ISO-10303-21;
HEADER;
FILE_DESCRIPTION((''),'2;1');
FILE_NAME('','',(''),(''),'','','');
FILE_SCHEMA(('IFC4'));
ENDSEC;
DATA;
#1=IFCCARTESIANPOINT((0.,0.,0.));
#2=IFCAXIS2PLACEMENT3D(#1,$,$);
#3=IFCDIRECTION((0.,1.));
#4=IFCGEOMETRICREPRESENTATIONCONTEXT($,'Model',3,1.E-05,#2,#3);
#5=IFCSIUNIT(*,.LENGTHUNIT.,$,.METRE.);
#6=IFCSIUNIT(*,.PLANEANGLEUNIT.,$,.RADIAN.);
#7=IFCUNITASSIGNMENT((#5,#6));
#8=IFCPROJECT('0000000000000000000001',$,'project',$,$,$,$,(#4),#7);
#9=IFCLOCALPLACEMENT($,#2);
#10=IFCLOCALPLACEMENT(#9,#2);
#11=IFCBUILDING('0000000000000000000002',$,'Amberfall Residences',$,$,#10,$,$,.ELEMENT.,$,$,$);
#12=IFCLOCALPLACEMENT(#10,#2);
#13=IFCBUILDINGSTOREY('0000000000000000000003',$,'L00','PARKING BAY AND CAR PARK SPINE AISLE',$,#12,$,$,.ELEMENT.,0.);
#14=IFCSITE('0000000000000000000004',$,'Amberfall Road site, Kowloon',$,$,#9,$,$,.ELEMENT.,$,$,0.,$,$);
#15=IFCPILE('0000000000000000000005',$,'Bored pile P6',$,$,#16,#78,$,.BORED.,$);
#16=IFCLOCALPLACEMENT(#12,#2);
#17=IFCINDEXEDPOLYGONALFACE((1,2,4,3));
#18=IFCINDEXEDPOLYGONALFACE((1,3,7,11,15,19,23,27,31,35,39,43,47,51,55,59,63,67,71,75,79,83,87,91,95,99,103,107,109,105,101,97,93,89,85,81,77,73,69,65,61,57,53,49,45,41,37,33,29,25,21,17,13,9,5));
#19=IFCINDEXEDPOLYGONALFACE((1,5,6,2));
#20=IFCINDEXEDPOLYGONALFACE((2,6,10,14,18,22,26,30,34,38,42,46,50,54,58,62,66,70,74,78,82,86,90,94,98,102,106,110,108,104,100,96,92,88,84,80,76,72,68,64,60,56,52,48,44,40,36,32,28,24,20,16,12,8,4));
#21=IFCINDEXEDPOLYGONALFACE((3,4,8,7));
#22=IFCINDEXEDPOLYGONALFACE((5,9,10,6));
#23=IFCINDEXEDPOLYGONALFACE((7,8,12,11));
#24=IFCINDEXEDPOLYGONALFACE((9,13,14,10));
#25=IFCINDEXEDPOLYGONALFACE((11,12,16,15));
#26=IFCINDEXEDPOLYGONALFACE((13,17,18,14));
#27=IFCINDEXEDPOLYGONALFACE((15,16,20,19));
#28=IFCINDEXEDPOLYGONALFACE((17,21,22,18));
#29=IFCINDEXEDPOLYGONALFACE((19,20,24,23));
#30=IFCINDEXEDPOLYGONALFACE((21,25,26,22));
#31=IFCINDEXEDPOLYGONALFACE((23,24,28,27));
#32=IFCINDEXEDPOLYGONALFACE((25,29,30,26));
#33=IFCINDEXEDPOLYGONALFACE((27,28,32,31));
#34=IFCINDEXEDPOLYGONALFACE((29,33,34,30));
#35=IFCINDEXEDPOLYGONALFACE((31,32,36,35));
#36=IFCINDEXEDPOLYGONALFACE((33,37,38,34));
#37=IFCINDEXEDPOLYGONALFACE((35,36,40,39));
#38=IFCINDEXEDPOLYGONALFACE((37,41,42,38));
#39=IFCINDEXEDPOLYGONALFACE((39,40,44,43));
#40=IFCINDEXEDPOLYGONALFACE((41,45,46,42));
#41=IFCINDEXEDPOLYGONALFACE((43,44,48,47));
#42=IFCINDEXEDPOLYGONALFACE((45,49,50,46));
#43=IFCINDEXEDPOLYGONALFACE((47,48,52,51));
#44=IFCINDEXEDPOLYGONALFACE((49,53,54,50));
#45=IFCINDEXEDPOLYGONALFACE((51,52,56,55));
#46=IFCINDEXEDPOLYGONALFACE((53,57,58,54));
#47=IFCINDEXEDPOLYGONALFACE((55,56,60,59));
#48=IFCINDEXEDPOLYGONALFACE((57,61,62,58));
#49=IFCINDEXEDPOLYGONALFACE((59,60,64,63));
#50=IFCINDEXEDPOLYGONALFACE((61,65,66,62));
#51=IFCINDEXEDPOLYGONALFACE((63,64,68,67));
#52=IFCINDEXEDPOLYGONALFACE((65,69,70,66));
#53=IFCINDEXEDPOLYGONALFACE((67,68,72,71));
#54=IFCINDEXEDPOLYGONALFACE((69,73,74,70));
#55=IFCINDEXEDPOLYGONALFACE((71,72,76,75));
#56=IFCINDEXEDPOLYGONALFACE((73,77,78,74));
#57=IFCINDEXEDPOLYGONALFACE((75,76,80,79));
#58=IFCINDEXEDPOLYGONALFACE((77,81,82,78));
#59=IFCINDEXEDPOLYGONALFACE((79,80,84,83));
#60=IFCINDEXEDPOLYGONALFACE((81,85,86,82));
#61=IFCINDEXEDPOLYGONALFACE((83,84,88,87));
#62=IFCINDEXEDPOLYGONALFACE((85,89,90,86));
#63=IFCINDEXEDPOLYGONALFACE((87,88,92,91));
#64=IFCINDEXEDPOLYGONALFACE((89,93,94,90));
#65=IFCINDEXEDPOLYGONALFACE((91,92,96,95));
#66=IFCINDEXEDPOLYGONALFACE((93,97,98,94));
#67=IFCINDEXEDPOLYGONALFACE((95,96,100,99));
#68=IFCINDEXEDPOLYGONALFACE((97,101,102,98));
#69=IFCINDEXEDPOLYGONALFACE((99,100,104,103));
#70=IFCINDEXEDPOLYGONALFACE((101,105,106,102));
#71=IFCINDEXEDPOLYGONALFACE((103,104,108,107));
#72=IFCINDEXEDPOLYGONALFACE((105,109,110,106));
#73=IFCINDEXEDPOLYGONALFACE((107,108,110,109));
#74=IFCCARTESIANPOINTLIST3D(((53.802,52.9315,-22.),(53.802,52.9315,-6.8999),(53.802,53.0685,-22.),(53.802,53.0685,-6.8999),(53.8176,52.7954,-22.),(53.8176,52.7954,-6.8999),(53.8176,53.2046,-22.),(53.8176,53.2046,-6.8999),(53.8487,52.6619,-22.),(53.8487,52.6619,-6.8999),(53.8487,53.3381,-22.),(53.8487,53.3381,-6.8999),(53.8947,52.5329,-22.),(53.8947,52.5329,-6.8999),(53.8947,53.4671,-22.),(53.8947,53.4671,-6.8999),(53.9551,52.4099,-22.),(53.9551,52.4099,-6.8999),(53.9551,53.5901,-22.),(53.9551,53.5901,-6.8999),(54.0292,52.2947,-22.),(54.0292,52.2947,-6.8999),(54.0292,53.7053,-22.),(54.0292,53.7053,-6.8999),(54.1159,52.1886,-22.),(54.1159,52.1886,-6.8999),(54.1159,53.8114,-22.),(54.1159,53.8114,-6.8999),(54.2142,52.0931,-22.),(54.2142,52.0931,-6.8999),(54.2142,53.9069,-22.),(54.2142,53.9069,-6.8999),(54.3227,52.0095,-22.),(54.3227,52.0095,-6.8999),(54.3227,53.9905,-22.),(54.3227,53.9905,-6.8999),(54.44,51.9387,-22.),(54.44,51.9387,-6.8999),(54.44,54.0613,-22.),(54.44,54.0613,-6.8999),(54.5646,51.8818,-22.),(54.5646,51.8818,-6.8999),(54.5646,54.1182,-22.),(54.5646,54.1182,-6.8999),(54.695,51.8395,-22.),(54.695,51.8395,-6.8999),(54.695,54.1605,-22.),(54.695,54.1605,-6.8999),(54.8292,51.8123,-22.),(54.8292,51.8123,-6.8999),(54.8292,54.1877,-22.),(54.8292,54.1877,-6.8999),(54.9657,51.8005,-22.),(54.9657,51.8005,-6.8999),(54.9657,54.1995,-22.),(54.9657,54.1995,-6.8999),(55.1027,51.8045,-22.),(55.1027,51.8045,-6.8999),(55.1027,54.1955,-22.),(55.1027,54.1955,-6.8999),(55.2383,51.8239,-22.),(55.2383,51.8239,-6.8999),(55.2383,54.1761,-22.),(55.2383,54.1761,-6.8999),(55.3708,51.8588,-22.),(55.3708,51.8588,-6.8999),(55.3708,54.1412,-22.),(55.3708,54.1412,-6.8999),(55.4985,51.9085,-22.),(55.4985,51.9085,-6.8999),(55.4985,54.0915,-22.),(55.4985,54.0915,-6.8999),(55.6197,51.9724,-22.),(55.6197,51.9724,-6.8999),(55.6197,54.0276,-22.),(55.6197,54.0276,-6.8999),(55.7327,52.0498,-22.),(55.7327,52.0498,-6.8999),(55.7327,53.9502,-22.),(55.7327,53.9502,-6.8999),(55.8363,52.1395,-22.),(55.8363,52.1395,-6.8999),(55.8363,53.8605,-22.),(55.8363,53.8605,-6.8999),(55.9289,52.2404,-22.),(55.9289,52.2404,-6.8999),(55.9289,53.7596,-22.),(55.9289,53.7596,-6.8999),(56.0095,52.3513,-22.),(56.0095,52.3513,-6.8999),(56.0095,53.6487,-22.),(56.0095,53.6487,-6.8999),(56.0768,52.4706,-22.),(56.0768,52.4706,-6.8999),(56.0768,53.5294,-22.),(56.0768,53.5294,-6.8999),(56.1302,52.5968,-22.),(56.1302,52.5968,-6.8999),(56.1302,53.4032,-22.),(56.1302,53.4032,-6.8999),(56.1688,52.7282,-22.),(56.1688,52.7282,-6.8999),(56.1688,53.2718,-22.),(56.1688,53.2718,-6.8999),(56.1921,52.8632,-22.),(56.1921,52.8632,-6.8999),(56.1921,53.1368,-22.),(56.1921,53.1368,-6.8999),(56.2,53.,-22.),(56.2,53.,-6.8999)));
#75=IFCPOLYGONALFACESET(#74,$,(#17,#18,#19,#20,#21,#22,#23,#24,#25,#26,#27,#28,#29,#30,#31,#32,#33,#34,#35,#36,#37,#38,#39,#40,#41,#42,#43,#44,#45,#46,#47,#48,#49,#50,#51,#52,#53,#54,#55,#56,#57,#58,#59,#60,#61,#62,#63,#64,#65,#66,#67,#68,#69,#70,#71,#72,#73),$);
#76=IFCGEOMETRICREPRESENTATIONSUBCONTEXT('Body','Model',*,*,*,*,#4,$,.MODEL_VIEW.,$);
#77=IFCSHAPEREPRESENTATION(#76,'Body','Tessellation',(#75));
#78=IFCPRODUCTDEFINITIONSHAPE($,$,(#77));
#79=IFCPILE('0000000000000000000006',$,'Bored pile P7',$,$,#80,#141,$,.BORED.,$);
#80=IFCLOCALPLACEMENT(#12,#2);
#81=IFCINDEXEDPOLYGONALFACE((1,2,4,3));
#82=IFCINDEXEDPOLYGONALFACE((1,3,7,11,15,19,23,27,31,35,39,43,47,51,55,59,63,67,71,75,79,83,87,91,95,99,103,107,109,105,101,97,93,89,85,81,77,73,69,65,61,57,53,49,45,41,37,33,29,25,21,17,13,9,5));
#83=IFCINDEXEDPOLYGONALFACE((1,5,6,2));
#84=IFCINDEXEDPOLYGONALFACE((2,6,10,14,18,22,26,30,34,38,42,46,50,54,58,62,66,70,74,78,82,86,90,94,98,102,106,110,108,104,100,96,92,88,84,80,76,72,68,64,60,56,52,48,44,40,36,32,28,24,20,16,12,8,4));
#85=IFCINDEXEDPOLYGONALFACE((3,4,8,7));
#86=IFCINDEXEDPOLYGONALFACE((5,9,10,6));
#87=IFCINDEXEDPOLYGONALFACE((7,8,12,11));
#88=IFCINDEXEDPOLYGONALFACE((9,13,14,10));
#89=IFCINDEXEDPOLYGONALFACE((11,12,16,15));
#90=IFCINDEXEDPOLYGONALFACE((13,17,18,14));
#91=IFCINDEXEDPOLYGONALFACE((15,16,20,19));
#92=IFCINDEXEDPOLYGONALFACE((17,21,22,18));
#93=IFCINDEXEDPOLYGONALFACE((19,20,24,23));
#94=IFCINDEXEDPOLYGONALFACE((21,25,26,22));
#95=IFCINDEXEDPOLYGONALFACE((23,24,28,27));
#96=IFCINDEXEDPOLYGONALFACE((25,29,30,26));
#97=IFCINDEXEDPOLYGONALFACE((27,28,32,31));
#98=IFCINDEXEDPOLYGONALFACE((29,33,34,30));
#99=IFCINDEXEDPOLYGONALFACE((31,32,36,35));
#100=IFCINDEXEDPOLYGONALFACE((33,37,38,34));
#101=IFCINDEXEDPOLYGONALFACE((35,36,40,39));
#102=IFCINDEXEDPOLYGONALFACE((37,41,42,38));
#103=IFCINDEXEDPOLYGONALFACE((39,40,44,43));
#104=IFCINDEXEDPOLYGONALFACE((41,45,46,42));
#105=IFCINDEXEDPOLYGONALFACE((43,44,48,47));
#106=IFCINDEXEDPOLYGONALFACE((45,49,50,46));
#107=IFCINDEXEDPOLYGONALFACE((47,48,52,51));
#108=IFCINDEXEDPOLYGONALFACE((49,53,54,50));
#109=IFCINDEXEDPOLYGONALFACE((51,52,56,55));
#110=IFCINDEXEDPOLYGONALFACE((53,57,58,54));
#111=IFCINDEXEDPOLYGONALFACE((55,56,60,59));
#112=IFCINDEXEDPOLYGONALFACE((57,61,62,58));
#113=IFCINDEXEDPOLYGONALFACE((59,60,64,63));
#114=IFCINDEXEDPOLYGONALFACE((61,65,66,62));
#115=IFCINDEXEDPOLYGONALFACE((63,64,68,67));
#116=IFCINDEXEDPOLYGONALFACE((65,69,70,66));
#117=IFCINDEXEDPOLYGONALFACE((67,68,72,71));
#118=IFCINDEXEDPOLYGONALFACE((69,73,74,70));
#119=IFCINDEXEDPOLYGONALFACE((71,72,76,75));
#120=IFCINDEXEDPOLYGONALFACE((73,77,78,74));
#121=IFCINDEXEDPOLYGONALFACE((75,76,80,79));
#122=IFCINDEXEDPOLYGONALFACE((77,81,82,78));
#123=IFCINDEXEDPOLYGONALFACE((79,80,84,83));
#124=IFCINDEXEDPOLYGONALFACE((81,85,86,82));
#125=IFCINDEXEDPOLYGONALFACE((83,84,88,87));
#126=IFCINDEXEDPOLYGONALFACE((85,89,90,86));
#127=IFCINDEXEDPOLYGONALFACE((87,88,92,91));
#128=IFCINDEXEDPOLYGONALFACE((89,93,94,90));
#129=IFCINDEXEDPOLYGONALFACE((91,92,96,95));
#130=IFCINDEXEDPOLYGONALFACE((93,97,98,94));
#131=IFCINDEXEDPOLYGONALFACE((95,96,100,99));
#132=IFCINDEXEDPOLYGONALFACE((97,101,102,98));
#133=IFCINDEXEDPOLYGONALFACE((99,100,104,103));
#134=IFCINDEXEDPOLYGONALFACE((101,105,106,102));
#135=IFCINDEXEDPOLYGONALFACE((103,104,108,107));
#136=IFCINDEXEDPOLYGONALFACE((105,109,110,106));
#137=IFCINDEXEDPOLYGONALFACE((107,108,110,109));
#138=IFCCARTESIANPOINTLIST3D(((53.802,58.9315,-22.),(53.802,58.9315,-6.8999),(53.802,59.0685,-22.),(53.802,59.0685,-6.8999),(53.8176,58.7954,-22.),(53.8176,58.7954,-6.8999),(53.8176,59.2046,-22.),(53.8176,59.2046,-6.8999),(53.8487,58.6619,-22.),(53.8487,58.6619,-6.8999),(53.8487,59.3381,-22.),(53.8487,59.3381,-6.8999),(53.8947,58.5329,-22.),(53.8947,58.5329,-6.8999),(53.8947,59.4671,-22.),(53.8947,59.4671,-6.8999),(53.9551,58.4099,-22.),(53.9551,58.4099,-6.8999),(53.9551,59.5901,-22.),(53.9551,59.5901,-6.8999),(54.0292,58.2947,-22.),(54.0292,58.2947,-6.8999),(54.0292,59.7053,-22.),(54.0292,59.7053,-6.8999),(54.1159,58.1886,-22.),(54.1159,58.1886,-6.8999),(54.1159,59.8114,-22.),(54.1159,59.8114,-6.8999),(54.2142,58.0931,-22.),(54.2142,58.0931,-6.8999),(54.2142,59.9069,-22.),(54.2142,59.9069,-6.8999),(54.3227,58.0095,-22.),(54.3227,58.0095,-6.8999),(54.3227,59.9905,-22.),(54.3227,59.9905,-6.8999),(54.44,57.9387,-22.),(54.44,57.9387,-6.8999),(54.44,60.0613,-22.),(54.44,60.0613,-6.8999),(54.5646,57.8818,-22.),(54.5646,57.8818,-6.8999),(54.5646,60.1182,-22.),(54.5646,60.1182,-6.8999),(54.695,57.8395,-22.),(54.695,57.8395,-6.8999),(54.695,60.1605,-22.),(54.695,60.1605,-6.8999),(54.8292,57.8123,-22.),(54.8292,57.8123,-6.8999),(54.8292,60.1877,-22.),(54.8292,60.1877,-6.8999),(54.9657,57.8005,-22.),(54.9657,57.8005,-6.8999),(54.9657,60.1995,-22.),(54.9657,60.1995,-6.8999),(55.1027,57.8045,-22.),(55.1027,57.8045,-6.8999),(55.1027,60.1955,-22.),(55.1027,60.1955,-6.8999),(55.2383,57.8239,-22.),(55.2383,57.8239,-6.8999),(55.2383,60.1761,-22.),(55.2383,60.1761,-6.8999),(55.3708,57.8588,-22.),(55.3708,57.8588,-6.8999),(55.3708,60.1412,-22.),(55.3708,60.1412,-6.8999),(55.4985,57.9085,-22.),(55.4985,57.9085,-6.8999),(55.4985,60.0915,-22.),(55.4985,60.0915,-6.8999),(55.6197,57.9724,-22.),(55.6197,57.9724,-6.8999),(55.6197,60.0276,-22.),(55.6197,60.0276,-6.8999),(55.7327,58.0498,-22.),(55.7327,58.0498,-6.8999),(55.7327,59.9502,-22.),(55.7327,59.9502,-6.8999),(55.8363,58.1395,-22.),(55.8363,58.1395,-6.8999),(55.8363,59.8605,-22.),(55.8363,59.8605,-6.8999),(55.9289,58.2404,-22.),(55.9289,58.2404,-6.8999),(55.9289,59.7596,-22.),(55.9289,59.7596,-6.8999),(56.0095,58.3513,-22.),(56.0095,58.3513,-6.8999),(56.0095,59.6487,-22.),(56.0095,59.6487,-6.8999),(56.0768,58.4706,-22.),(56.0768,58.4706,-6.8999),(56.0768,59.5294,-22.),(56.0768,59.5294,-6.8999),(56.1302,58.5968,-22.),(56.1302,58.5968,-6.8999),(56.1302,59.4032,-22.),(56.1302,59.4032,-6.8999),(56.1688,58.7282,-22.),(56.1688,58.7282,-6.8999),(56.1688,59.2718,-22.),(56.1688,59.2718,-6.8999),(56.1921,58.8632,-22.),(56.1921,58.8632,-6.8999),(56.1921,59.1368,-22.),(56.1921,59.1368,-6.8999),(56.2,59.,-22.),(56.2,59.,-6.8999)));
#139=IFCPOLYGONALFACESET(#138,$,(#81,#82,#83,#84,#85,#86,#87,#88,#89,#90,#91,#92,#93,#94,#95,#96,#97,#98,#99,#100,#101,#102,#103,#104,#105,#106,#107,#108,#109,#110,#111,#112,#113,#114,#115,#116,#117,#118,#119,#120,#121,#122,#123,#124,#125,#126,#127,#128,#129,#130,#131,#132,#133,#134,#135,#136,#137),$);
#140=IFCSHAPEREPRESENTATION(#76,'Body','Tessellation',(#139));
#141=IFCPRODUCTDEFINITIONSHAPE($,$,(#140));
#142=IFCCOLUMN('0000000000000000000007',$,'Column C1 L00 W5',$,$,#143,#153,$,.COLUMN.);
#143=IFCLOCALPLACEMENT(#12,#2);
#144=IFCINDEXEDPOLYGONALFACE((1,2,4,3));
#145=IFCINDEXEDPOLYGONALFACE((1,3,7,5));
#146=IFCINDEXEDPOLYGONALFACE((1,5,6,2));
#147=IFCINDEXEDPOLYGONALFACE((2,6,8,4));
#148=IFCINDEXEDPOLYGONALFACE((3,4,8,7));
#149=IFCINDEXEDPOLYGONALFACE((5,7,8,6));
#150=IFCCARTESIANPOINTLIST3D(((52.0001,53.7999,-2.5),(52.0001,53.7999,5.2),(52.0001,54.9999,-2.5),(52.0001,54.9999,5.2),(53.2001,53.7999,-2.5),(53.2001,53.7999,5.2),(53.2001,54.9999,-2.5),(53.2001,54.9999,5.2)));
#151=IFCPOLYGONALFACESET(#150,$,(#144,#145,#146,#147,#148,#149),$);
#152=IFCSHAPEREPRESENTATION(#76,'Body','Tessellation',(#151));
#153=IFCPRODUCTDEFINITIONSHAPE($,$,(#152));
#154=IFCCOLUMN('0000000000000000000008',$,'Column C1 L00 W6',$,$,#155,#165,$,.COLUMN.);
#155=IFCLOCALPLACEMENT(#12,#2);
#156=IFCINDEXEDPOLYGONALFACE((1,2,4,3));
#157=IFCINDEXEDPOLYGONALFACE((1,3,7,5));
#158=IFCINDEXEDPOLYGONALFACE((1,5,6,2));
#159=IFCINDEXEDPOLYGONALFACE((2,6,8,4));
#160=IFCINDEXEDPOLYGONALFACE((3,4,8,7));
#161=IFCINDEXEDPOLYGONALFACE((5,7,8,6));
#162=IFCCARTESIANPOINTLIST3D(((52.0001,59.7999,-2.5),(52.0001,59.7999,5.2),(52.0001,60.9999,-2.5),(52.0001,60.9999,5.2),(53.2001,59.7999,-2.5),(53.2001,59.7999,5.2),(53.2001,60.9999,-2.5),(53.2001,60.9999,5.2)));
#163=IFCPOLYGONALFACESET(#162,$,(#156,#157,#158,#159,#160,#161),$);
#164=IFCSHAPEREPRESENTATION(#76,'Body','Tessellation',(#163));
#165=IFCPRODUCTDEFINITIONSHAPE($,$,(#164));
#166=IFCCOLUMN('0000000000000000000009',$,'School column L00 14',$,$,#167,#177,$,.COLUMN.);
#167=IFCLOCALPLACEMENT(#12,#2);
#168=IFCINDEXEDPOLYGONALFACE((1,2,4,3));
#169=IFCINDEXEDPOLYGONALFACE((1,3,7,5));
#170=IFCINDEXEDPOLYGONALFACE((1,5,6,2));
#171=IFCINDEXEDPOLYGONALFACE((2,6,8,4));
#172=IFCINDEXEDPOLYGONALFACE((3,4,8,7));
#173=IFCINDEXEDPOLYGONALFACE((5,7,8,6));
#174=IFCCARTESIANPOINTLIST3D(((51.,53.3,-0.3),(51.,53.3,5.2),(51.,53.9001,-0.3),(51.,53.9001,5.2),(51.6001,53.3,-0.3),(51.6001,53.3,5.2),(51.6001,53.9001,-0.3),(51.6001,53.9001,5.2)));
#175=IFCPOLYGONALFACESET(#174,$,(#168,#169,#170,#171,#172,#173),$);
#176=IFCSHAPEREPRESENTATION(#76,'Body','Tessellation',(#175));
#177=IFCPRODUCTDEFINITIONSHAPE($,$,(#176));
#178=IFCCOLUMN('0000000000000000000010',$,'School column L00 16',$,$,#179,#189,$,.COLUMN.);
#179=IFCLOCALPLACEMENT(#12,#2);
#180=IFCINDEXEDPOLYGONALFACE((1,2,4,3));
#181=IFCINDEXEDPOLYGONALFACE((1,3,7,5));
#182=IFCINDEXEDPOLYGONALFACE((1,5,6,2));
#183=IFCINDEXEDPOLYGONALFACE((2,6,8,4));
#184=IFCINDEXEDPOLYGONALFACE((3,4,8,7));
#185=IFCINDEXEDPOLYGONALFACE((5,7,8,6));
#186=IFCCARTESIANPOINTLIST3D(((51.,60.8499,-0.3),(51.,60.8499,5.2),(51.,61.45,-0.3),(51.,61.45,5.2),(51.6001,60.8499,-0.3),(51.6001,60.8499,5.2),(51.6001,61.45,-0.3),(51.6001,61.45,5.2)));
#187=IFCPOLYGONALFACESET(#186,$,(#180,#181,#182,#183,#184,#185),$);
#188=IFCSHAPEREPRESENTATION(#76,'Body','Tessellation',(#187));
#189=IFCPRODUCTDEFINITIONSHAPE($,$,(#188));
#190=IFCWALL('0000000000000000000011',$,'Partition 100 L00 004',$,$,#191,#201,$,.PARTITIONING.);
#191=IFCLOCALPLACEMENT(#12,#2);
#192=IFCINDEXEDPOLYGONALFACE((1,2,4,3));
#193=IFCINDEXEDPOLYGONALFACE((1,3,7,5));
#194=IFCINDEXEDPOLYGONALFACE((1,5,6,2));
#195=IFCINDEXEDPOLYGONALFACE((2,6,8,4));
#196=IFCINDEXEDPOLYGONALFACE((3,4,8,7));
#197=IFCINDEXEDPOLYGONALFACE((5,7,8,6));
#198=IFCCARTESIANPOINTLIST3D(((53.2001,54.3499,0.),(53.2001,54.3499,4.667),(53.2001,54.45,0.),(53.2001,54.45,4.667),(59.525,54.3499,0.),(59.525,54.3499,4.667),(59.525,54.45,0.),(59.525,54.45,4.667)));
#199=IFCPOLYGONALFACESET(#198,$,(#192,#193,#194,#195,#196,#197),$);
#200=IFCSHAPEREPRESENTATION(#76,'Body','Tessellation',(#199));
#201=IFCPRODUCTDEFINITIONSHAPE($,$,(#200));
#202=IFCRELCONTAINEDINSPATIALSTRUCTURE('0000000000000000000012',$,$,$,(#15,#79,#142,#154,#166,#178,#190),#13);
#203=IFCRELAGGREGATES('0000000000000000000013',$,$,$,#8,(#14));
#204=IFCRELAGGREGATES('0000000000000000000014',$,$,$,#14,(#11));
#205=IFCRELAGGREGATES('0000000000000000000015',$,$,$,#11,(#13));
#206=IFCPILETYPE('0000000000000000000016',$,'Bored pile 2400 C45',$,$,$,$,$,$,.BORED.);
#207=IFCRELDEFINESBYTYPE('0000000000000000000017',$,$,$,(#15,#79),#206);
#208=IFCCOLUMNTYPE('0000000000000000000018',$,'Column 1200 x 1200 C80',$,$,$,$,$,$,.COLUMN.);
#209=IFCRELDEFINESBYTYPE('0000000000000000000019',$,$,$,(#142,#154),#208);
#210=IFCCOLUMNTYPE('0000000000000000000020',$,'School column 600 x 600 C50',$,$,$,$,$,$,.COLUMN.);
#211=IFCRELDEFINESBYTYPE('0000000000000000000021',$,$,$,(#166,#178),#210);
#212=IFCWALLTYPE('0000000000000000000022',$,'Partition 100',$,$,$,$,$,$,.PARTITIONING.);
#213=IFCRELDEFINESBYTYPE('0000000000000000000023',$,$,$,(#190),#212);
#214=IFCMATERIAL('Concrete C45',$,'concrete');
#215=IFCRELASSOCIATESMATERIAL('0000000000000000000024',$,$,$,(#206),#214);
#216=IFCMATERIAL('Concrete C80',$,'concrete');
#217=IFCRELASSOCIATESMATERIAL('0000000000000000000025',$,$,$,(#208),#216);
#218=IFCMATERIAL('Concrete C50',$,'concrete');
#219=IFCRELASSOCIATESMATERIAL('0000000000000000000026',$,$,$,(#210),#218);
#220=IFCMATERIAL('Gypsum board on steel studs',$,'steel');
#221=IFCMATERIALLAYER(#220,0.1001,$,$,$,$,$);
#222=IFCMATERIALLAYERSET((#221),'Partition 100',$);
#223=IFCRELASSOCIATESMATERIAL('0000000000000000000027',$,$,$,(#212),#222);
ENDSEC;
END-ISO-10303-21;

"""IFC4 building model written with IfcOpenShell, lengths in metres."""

from ifc_helpers import new_model, si_unit, direction, frame, frame_2d, origin, origin_2d, place, context, subcontext, project, spatial, rectangle, circle, extrude, material, layer, layer_set, material_profile, profile_set, type_object, element, save


model = new_model("IFC4")

# Units and contexts
model_context = context("Model", 3, precision=1e-05, world=origin(), true_north=direction((0.0, 1.0)))
body_context = subcontext(model_context, "Body", "Model", "MODEL_VIEW")
ifc_project = project(units=[si_unit("LENGTHUNIT", "METRE"), si_unit("PLANEANGLEUNIT", "RADIAN")], contexts=[model_context])

# Site, building, storey
site_placement = place(None, origin())
site = spatial("IfcSite", under=ifc_project, at=site_placement, Name="Amberfall Road site, Kowloon", CompositionType="ELEMENT", RefElevation=0.0)
building_placement = place(site_placement, origin())
building = spatial("IfcBuilding", under=site, at=building_placement, Name="Amberfall Residences", CompositionType="ELEMENT")
storey_placement = place(building_placement, origin())
storey = spatial("IfcBuildingStorey", under=building, at=storey_placement, Name="L00", Description="PARKING BAY AND CAR PARK SPINE AISLE", CompositionType="ELEMENT", Elevation=0.0)

# Piles
ifc_material_1 = material(Name="Concrete C45", Category="concrete")
ifc_material_profile_1 = material_profile(ifc_material_1, circle(Radius=1.2, at=origin_2d()), Name="Bored pile 2400 C45")
ifc_profile_set_1 = profile_set([ifc_material_profile_1], Name="Concrete C45")
pile_type = type_object("IfcPileType", Name="Bored pile 2400 C45", PredefinedType="BORED", material=ifc_profile_set_1)
for number, where, z_axis, x_axis, name in (
    (1, (55.0, 53.0, -6.8999), (0.0, 0.0, -1.0), (1.0, 0.0, 0.0), "Bored pile P6"),
    (2, (55.0, 59.0, -6.8999), (0.0, 0.0, -1.0), (1.0, 0.0, 0.0), "Bored pile P7"),
):
    element("IfcPile", number, at=place(storey_placement, frame(where, z_axis=z_axis, x_axis=x_axis)), inside=storey, type_object=pile_type, Name=name, PredefinedType="BORED", context=body_context, shape_type="SweptSolid", body=[
        extrude(circle(Radius=1.2, at=origin_2d()), origin(), (0.0, 0.0, 1.0), 15.1001),
    ])

# Columns
ifc_material_2 = material(Name="Concrete C80", Category="concrete")
ifc_material_profile_2 = material_profile(ifc_material_2, rectangle(XDim=1.2, YDim=1.2, at=origin_2d()), Name="Column 1200 x 1200 C80")
ifc_profile_set_2 = profile_set([ifc_material_profile_2], Name="Concrete C80")
column_type_1 = type_object("IfcColumnType", Name="Column 1200 x 1200 C80", PredefinedType="COLUMN", material=ifc_profile_set_2)
for number, where, z_axis, x_axis, name in (
    (3, (52.6001, 54.3999, -2.5), (0.0, 0.0, 1.0), (1.0, 0.0, 0.0), "Column C1 L00 W5"),
    (4, (52.6001, 60.3999, -2.5), (0.0, 0.0, 1.0), (1.0, 0.0, 0.0), "Column C1 L00 W6"),
):
    element("IfcColumn", number, at=place(storey_placement, frame(where, z_axis=z_axis, x_axis=x_axis)), inside=storey, type_object=column_type_1, Name=name, PredefinedType="COLUMN", context=body_context, shape_type="SweptSolid", body=[
        extrude(rectangle(XDim=1.2, YDim=1.2, at=origin_2d()), origin(), (0.0, 0.0, 1.0), 7.7),
    ])
ifc_material_3 = material(Name="Concrete C50", Category="concrete")
ifc_material_profile_3 = material_profile(ifc_material_3, rectangle(XDim=0.6001, YDim=0.6001, at=origin_2d()), Name="School column 600 x 600 C50")
ifc_profile_set_3 = profile_set([ifc_material_profile_3], Name="Concrete C50")
column_type_2 = type_object("IfcColumnType", Name="School column 600 x 600 C50", PredefinedType="COLUMN", material=ifc_profile_set_3)
for number, where, z_axis, x_axis, name in (
    (5, (51.3, 53.6001, -0.3), (0.0, 0.0, 1.0), (1.0, 0.0, 0.0), "School column L00 14"),
    (6, (51.3, 61.1499, -0.3), (0.0, 0.0, 1.0), (1.0, 0.0, 0.0), "School column L00 16"),
):
    element("IfcColumn", number, at=place(storey_placement, frame(where, z_axis=z_axis, x_axis=x_axis)), inside=storey, type_object=column_type_2, Name=name, PredefinedType="COLUMN", context=body_context, shape_type="SweptSolid", body=[
        extrude(rectangle(XDim=0.6001, YDim=0.6001, at=origin_2d()), origin(), (0.0, 0.0, 1.0), 5.5),
    ])

# Wall
ifc_material_4 = material(Name="Gypsum board on steel studs", Category="steel")
ifc_layer_1 = layer(ifc_material_4, 0.1001)
ifc_layer_set_1 = layer_set([ifc_layer_1], Name="Partition 100")
wall_type_1 = type_object("IfcWallType", Name="Partition 100", PredefinedType="PARTITIONING", material=ifc_layer_set_1)
wall_1_placement = place(storey_placement, frame((53.2, 54.3999, 0.0), z_axis=(0.0, 0.0, 1.0), x_axis=(1.0, 0.0, 0.0)))
element("IfcWall", 7, at=wall_1_placement, inside=storey, type_object=wall_type_1, Name="Partition 100 L00 004", PredefinedType="PARTITIONING", context=body_context, shape_type="SweptSolid", body=[
    extrude(rectangle(XDim=6.325, YDim=0.1001, at=frame_2d((3.1626, 0.0))), origin(), (0.0, 0.0, 1.0), 4.667),
])

save(model, "model.ifc")
